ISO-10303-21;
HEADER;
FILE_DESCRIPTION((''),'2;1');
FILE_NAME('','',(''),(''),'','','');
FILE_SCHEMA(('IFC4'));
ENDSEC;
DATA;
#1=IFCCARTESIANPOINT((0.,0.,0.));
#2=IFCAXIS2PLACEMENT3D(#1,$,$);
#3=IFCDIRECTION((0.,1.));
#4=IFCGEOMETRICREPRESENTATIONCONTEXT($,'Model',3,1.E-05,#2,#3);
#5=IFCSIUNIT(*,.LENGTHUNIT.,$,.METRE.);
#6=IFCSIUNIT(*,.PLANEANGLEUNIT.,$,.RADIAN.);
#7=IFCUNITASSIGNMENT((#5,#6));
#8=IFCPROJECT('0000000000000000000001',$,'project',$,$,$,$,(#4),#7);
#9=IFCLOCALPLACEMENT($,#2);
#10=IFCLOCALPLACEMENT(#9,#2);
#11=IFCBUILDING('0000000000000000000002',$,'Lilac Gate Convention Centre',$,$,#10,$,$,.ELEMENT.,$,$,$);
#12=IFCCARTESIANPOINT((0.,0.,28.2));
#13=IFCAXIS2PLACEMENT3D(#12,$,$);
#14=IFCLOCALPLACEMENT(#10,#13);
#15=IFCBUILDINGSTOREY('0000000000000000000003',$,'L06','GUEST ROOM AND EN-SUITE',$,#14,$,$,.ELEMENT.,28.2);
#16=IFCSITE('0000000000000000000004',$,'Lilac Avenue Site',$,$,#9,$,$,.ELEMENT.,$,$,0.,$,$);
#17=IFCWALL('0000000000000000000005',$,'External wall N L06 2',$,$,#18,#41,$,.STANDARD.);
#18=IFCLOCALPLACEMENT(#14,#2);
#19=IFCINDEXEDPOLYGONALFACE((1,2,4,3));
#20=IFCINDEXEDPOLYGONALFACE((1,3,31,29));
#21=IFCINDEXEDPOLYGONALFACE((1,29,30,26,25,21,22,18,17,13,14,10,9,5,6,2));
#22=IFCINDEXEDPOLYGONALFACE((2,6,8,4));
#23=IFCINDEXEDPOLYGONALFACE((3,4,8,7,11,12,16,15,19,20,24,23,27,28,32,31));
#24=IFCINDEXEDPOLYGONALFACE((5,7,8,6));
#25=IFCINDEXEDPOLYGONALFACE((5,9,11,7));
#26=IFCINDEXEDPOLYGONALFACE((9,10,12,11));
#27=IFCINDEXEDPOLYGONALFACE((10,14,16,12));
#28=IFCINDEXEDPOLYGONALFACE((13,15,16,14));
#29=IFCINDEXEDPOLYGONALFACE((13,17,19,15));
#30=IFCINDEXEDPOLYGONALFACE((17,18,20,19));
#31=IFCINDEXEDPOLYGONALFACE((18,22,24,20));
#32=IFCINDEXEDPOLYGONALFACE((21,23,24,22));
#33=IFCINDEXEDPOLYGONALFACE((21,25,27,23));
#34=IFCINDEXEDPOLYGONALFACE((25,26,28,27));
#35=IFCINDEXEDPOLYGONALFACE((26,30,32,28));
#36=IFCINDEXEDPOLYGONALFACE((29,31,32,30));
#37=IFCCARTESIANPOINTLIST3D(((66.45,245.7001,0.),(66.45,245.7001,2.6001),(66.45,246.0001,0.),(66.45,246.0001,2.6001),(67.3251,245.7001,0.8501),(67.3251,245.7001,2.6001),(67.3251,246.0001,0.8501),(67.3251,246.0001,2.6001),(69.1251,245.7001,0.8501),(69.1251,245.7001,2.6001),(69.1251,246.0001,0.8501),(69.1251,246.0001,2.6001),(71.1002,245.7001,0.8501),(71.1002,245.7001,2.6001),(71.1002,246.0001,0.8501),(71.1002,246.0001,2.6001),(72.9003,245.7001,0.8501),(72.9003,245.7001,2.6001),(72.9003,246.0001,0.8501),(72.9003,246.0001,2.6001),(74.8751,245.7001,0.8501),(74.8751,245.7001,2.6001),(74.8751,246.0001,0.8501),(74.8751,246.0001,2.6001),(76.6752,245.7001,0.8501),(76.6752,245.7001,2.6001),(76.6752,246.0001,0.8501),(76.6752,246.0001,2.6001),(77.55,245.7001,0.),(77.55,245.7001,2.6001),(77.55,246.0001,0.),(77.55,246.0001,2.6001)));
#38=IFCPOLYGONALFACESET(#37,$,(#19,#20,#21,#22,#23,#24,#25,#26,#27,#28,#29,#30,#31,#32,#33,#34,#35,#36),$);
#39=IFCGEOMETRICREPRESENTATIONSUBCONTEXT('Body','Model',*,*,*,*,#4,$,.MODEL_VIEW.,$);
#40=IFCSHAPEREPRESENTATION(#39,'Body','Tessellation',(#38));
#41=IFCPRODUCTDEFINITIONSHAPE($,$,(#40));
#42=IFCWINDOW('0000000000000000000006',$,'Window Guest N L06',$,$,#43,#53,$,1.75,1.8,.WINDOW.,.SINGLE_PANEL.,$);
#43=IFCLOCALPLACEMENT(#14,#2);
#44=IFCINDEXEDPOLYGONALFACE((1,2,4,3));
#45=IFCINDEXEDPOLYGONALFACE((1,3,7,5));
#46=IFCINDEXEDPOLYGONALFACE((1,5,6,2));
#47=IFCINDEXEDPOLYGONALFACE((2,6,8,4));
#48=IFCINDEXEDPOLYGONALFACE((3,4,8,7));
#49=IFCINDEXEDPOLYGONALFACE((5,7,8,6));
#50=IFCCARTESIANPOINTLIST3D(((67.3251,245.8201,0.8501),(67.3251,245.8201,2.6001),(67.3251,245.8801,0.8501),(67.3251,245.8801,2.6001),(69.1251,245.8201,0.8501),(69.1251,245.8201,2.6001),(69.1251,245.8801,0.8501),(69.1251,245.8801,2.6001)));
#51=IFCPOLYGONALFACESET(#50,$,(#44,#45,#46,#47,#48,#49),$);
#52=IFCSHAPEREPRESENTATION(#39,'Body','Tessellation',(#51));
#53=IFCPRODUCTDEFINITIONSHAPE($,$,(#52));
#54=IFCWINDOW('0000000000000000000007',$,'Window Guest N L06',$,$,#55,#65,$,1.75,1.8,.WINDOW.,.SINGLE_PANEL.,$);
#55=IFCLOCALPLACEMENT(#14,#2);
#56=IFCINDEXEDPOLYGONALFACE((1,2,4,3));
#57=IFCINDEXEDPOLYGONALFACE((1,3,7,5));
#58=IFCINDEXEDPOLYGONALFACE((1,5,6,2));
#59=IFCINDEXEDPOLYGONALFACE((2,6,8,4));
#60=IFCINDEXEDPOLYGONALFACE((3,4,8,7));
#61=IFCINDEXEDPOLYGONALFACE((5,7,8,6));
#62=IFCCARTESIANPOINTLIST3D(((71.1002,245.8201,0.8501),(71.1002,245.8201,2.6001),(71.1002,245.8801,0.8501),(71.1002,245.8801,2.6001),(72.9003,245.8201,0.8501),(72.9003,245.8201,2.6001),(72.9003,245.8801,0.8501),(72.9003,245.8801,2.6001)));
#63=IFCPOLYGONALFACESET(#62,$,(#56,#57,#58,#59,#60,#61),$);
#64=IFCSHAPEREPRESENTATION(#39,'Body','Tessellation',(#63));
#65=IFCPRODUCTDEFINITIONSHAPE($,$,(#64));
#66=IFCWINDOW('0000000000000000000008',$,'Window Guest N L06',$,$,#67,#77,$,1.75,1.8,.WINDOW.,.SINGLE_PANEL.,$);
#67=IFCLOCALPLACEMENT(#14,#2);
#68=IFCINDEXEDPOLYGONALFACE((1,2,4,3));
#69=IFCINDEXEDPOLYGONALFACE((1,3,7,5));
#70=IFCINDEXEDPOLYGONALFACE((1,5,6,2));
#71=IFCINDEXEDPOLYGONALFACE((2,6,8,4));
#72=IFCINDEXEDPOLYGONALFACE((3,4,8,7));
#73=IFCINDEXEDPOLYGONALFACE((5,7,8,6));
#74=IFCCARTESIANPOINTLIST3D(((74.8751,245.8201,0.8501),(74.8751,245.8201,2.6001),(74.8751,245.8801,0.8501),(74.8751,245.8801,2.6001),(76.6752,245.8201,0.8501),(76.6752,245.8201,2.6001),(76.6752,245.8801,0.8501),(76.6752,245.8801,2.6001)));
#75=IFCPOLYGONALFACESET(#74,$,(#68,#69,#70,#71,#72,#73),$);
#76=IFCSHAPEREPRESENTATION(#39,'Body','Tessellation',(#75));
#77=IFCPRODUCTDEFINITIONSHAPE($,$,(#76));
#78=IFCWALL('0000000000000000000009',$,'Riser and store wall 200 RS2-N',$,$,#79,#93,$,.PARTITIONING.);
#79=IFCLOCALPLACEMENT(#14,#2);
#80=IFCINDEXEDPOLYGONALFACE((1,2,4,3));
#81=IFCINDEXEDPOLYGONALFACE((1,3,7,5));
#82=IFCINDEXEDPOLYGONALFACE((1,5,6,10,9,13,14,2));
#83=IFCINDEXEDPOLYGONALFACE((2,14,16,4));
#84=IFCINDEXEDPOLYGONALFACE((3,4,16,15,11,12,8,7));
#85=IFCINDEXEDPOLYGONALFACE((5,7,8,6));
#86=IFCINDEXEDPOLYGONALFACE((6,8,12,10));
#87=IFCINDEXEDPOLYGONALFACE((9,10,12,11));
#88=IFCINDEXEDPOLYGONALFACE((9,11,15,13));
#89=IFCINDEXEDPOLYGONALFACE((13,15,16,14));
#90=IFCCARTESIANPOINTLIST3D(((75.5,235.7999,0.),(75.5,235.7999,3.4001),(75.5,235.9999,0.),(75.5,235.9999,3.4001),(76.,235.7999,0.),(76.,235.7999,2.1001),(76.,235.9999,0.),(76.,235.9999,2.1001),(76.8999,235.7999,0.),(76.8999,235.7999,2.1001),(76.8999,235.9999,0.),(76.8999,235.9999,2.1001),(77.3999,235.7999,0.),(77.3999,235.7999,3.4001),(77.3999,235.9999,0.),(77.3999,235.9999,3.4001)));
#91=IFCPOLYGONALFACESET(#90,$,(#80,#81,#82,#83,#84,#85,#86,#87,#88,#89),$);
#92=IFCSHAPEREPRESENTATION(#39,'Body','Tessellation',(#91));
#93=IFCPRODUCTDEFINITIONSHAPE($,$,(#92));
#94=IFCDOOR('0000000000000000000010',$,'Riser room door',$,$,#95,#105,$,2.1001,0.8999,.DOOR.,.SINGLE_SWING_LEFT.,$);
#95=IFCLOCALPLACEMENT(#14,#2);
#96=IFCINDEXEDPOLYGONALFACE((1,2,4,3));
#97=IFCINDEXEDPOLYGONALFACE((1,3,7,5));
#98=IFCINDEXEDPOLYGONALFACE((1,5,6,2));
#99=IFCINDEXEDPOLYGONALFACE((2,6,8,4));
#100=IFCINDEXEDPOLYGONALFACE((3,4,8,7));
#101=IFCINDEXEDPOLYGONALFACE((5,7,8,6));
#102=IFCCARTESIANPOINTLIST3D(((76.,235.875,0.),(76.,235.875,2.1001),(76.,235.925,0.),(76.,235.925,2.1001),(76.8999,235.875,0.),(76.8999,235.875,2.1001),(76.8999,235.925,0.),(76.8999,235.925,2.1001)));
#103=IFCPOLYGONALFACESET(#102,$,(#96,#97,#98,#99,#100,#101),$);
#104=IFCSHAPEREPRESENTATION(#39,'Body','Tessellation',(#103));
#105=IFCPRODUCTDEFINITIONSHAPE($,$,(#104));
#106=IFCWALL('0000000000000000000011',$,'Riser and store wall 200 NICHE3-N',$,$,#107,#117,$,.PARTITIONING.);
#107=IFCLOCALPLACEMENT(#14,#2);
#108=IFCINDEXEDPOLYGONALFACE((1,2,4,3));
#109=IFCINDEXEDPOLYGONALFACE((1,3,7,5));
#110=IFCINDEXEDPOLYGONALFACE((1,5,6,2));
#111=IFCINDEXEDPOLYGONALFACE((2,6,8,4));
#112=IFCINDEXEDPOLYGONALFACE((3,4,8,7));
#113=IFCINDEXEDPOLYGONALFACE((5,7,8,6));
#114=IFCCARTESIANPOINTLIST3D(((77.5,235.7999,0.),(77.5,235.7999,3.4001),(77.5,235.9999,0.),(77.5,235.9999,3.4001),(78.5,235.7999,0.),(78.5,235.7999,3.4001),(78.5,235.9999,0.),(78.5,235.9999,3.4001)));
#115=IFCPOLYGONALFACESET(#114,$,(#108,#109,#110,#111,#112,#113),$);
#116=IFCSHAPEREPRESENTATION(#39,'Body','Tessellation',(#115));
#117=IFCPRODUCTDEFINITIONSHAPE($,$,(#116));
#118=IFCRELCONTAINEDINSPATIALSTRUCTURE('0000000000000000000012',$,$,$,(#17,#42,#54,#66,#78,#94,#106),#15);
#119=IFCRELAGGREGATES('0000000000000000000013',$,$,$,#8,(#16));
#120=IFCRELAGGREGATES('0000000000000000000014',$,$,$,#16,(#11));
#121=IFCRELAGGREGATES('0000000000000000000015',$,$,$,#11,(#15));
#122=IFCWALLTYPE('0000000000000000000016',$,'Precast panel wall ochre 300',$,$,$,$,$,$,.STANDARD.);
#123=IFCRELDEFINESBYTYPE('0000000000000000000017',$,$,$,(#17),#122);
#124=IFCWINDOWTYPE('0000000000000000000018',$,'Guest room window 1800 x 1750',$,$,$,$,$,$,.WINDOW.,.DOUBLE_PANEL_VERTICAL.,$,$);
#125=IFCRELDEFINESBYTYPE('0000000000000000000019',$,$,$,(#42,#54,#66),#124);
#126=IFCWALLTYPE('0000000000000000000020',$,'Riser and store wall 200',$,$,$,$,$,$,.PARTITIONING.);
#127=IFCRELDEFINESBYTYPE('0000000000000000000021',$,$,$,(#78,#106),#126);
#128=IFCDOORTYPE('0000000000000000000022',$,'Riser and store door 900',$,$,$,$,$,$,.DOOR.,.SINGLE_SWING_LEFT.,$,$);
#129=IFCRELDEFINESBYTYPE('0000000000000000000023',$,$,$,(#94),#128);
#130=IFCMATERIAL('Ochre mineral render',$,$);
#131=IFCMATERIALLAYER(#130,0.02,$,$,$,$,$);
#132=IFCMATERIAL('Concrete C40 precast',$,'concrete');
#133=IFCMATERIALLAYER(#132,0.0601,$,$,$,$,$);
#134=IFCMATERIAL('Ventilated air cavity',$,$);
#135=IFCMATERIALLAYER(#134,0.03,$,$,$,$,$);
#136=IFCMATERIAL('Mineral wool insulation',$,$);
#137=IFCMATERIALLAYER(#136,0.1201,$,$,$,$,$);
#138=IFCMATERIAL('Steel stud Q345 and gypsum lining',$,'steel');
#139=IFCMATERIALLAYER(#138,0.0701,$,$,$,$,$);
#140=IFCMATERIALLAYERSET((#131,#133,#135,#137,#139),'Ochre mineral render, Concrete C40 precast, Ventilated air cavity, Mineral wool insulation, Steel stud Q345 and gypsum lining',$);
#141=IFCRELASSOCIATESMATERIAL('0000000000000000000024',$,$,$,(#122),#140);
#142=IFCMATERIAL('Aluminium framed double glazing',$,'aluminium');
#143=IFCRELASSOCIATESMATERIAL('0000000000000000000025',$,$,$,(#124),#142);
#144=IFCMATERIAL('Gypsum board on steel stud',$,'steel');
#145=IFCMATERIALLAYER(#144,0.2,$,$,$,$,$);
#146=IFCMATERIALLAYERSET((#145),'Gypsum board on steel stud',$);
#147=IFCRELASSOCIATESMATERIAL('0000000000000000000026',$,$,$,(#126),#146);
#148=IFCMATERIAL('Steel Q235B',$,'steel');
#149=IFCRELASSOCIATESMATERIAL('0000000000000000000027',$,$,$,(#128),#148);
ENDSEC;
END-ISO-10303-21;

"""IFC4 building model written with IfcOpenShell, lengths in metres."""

from ifc_helpers import new_model, si_unit, direction, frame, frame_2d, origin, place, context, subcontext, project, spatial, rectangle, extrude, material, layer, layer_set, type_object, element, fill, save


model = new_model("IFC4")

# Units and contexts
model_context = context("Model", 3, precision=1e-05, world=origin(), true_north=direction((0.0, 1.0)))
body_context = subcontext(model_context, "Body", "Model", "MODEL_VIEW")
ifc_project = project(units=[si_unit("LENGTHUNIT", "METRE"), si_unit("PLANEANGLEUNIT", "RADIAN")], contexts=[model_context])

# Site, building, storey
site_placement = place(None, origin())
site = spatial("IfcSite", under=ifc_project, at=site_placement, Name="Lilac Avenue Site", CompositionType="ELEMENT", RefElevation=0.0)
building_placement = place(site_placement, origin())
building = spatial("IfcBuilding", under=site, at=building_placement, Name="Lilac Gate Convention Centre", CompositionType="ELEMENT")
storey_placement = place(building_placement, frame((0.0, 0.0, 28.2)))
storey = spatial("IfcBuildingStorey", under=building, at=storey_placement, Name="L06", Description="GUEST ROOM AND EN-SUITE", CompositionType="ELEMENT", Elevation=28.2)

# Shared definitions
ifc_material_1 = material(Name="Gypsum board on steel stud", Category="steel")

# Shared definitions
ifc_material_2 = material(Name="Concrete C40 precast", Category="concrete")
ifc_material_3 = material(Name="Ochre mineral render")

# Wall, openings, windows
ifc_layer_1 = layer(ifc_material_3, 0.02)
ifc_layer_2 = layer(ifc_material_2, 0.0601)
ifc_material_4 = material(Name="Ventilated air cavity")
ifc_layer_3 = layer(ifc_material_4, 0.03)
ifc_material_5 = material(Name="Mineral wool insulation")
ifc_layer_4 = layer(ifc_material_5, 0.1201)
ifc_material_6 = material(Name="Steel stud Q345 and gypsum lining", Category="steel")
ifc_layer_5 = layer(ifc_material_6, 0.0701)
ifc_layer_set_1 = layer_set([ifc_layer_1, ifc_layer_2, ifc_layer_3, ifc_layer_4, ifc_layer_5], Name="Ochre mineral render, Concrete C40 precast, Ventilated air cavity, Mineral wool insulation, Steel stud Q345 and gypsum lining")
wall_type_1 = type_object("IfcWallType", Name="Precast panel wall ochre 300", PredefinedType="STANDARD", material=ifc_layer_set_1)
wall_1_placement = place(storey_placement, frame((77.55, 245.8501, 0.0), z_axis=(0.0, 0.0, 1.0), x_axis=(-1.0, 0.0, 0.0)))
wall_1 = element("IfcWall", 1, at=wall_1_placement, inside=storey, type_object=wall_type_1, Name="External wall N L06 2", PredefinedType="STANDARD", context=body_context, shape_type="SweptSolid", body=[
    extrude(rectangle(XDim=11.1001, YDim=0.3, at=frame_2d((5.55, 0.0))), origin(), (0.0, 0.0, 1.0), 2.6001),
])
opening_1_placement = place(wall_1_placement, frame((8.425, 0.0, 0.8501)))
opening_1 = element("IfcOpeningElement", 2, at=opening_1_placement, cuts=wall_1, PredefinedType="OPENING", context=body_context, shape_type="SweptSolid", body=[
    extrude(rectangle(XDim=1.8, YDim=1.75, at=frame_2d((0.8999, 0.875))), frame((0.0, 0.1599, 0.0), z_axis=(0.0, -1.0, 0.0), x_axis=(1.0, 0.0, 0.0)), (0.0, 0.0, 1.0), 0.3201),
])
opening_2_placement = place(wall_1_placement, frame((4.6499, 0.0, 0.8501)))
opening_2 = element("IfcOpeningElement", 3, at=opening_2_placement, cuts=wall_1, PredefinedType="OPENING", context=body_context, shape_type="SweptSolid", body=[
    extrude(rectangle(XDim=1.8, YDim=1.75, at=frame_2d((0.8999, 0.875))), frame((0.0, 0.1599, 0.0), z_axis=(0.0, -1.0, 0.0), x_axis=(1.0, 0.0, 0.0)), (0.0, 0.0, 1.0), 0.3201),
])
opening_3_placement = place(wall_1_placement, frame((0.875, 0.0, 0.8501)))
opening_3 = element("IfcOpeningElement", 4, at=opening_3_placement, cuts=wall_1, PredefinedType="OPENING", context=body_context, shape_type="SweptSolid", body=[
    extrude(rectangle(XDim=1.8, YDim=1.75, at=frame_2d((0.8999, 0.875))), frame((0.0, 0.1599, 0.0), z_axis=(0.0, -1.0, 0.0), x_axis=(1.0, 0.0, 0.0)), (0.0, 0.0, 1.0), 0.3201),
])
ifc_material_7 = material(Name="Aluminium framed double glazing", Category="aluminium")
window_type = type_object("IfcWindowType", Name="Guest room window 1800 x 1750", PartitioningType="DOUBLE_PANEL_VERTICAL", PredefinedType="WINDOW", material=ifc_material_7)
window_1_placement = place(opening_1_placement, origin())
window_1 = element("IfcWindow", 5, at=window_1_placement, inside=storey, type_object=window_type, Name="Window Guest N L06", OverallHeight=1.75, OverallWidth=1.8, PartitioningType="SINGLE_PANEL", PredefinedType="WINDOW", context=body_context, shape_type="SweptSolid", body=[
    extrude(rectangle(XDim=1.8, YDim=1.75, at=frame_2d((0.8999, 0.875))), frame((0.0, 0.03, 0.0), z_axis=(0.0, -1.0, 0.0), x_axis=(1.0, 0.0, 0.0)), (0.0, 0.0, 1.0), 0.0601),
])
fill(opening_1, window_1)
window_2_placement = place(opening_2_placement, origin())
window_2 = element("IfcWindow", 6, at=window_2_placement, inside=storey, type_object=window_type, Name="Window Guest N L06", OverallHeight=1.75, OverallWidth=1.8, PartitioningType="SINGLE_PANEL", PredefinedType="WINDOW", context=body_context, shape_type="SweptSolid", body=[
    extrude(rectangle(XDim=1.8, YDim=1.75, at=frame_2d((0.8999, 0.875))), frame((0.0, 0.03, 0.0), z_axis=(0.0, -1.0, 0.0), x_axis=(1.0, 0.0, 0.0)), (0.0, 0.0, 1.0), 0.0601),
])
fill(opening_2, window_2)
window_3_placement = place(opening_3_placement, origin())
window_3 = element("IfcWindow", 7, at=window_3_placement, inside=storey, type_object=window_type, Name="Window Guest N L06", OverallHeight=1.75, OverallWidth=1.8, PartitioningType="SINGLE_PANEL", PredefinedType="WINDOW", context=body_context, shape_type="SweptSolid", body=[
    extrude(rectangle(XDim=1.8, YDim=1.75, at=frame_2d((0.8999, 0.875))), frame((0.0, 0.03, 0.0), z_axis=(0.0, -1.0, 0.0), x_axis=(1.0, 0.0, 0.0)), (0.0, 0.0, 1.0), 0.0601),
])
fill(opening_3, window_3)

# Wall, opening, door
ifc_layer_6 = layer(ifc_material_1, 0.2)
ifc_layer_set_2 = layer_set([ifc_layer_6], Name="Gypsum board on steel stud")
wall_type_2 = type_object("IfcWallType", Name="Riser and store wall 200", PredefinedType="PARTITIONING", material=ifc_layer_set_2)
wall_2_placement = place(storey_placement, frame((77.3999, 235.8999, 0.0), z_axis=(0.0, 0.0, 1.0), x_axis=(-1.0, 0.0, 0.0)))
wall_2 = element("IfcWall", 8, at=wall_2_placement, inside=storey, type_object=wall_type_2, Name="Riser and store wall 200 RS2-N", PredefinedType="PARTITIONING", context=body_context, shape_type="SweptSolid", body=[
    extrude(rectangle(XDim=1.8999, YDim=0.2, at=frame_2d((0.95, 0.0))), origin(), (0.0, 0.0, 1.0), 3.4001),
])
opening_4_placement = place(wall_2_placement, frame((0.5, 0.0, 0.0)))
opening_4 = element("IfcOpeningElement", 9, at=opening_4_placement, cuts=wall_2, PredefinedType="OPENING", context=body_context, shape_type="SweptSolid", body=[
    extrude(rectangle(XDim=0.8999, YDim=2.1001, at=frame_2d((0.45, 1.05))), frame((0.0, 0.1099, 0.0), z_axis=(0.0, -1.0, 0.0), x_axis=(1.0, 0.0, 0.0)), (0.0, 0.0, 1.0), 0.22),
])
ifc_material_8 = material(Name="Steel Q235B", Category="steel")
door_type_1 = type_object("IfcDoorType", Name="Riser and store door 900", OperationType="SINGLE_SWING_LEFT", PredefinedType="DOOR", material=ifc_material_8)
door_1_placement = place(opening_4_placement, origin())
door_1 = element("IfcDoor", 10, at=door_1_placement, inside=storey, type_object=door_type_1, Name="Riser room door", OperationType="SINGLE_SWING_LEFT", OverallHeight=2.1001, OverallWidth=0.8999, PredefinedType="DOOR", context=body_context, shape_type="SweptSolid", body=[
    extrude(rectangle(XDim=0.8999, YDim=2.1001, at=frame_2d((0.45, 1.05))), frame((0.0, 0.0249, 0.0), z_axis=(0.0, -1.0, 0.0), x_axis=(1.0, 0.0, 0.0)), (0.0, 0.0, 1.0), 0.05),
])
fill(opening_4, door_1)

# Wall
wall_3_placement = place(storey_placement, frame((77.5, 235.8999, 0.0), z_axis=(0.0, 0.0, 1.0), x_axis=(1.0, 0.0, 0.0)))
element("IfcWall", 11, at=wall_3_placement, inside=storey, type_object=wall_type_2, Name="Riser and store wall 200 NICHE3-N", PredefinedType="PARTITIONING", context=body_context, shape_type="SweptSolid", body=[
    extrude(rectangle(XDim=1.0, YDim=0.2, at=frame_2d((0.5, 0.0))), origin(), (0.0, 0.0, 1.0), 3.4001),
])

save(model, "model.ifc")
